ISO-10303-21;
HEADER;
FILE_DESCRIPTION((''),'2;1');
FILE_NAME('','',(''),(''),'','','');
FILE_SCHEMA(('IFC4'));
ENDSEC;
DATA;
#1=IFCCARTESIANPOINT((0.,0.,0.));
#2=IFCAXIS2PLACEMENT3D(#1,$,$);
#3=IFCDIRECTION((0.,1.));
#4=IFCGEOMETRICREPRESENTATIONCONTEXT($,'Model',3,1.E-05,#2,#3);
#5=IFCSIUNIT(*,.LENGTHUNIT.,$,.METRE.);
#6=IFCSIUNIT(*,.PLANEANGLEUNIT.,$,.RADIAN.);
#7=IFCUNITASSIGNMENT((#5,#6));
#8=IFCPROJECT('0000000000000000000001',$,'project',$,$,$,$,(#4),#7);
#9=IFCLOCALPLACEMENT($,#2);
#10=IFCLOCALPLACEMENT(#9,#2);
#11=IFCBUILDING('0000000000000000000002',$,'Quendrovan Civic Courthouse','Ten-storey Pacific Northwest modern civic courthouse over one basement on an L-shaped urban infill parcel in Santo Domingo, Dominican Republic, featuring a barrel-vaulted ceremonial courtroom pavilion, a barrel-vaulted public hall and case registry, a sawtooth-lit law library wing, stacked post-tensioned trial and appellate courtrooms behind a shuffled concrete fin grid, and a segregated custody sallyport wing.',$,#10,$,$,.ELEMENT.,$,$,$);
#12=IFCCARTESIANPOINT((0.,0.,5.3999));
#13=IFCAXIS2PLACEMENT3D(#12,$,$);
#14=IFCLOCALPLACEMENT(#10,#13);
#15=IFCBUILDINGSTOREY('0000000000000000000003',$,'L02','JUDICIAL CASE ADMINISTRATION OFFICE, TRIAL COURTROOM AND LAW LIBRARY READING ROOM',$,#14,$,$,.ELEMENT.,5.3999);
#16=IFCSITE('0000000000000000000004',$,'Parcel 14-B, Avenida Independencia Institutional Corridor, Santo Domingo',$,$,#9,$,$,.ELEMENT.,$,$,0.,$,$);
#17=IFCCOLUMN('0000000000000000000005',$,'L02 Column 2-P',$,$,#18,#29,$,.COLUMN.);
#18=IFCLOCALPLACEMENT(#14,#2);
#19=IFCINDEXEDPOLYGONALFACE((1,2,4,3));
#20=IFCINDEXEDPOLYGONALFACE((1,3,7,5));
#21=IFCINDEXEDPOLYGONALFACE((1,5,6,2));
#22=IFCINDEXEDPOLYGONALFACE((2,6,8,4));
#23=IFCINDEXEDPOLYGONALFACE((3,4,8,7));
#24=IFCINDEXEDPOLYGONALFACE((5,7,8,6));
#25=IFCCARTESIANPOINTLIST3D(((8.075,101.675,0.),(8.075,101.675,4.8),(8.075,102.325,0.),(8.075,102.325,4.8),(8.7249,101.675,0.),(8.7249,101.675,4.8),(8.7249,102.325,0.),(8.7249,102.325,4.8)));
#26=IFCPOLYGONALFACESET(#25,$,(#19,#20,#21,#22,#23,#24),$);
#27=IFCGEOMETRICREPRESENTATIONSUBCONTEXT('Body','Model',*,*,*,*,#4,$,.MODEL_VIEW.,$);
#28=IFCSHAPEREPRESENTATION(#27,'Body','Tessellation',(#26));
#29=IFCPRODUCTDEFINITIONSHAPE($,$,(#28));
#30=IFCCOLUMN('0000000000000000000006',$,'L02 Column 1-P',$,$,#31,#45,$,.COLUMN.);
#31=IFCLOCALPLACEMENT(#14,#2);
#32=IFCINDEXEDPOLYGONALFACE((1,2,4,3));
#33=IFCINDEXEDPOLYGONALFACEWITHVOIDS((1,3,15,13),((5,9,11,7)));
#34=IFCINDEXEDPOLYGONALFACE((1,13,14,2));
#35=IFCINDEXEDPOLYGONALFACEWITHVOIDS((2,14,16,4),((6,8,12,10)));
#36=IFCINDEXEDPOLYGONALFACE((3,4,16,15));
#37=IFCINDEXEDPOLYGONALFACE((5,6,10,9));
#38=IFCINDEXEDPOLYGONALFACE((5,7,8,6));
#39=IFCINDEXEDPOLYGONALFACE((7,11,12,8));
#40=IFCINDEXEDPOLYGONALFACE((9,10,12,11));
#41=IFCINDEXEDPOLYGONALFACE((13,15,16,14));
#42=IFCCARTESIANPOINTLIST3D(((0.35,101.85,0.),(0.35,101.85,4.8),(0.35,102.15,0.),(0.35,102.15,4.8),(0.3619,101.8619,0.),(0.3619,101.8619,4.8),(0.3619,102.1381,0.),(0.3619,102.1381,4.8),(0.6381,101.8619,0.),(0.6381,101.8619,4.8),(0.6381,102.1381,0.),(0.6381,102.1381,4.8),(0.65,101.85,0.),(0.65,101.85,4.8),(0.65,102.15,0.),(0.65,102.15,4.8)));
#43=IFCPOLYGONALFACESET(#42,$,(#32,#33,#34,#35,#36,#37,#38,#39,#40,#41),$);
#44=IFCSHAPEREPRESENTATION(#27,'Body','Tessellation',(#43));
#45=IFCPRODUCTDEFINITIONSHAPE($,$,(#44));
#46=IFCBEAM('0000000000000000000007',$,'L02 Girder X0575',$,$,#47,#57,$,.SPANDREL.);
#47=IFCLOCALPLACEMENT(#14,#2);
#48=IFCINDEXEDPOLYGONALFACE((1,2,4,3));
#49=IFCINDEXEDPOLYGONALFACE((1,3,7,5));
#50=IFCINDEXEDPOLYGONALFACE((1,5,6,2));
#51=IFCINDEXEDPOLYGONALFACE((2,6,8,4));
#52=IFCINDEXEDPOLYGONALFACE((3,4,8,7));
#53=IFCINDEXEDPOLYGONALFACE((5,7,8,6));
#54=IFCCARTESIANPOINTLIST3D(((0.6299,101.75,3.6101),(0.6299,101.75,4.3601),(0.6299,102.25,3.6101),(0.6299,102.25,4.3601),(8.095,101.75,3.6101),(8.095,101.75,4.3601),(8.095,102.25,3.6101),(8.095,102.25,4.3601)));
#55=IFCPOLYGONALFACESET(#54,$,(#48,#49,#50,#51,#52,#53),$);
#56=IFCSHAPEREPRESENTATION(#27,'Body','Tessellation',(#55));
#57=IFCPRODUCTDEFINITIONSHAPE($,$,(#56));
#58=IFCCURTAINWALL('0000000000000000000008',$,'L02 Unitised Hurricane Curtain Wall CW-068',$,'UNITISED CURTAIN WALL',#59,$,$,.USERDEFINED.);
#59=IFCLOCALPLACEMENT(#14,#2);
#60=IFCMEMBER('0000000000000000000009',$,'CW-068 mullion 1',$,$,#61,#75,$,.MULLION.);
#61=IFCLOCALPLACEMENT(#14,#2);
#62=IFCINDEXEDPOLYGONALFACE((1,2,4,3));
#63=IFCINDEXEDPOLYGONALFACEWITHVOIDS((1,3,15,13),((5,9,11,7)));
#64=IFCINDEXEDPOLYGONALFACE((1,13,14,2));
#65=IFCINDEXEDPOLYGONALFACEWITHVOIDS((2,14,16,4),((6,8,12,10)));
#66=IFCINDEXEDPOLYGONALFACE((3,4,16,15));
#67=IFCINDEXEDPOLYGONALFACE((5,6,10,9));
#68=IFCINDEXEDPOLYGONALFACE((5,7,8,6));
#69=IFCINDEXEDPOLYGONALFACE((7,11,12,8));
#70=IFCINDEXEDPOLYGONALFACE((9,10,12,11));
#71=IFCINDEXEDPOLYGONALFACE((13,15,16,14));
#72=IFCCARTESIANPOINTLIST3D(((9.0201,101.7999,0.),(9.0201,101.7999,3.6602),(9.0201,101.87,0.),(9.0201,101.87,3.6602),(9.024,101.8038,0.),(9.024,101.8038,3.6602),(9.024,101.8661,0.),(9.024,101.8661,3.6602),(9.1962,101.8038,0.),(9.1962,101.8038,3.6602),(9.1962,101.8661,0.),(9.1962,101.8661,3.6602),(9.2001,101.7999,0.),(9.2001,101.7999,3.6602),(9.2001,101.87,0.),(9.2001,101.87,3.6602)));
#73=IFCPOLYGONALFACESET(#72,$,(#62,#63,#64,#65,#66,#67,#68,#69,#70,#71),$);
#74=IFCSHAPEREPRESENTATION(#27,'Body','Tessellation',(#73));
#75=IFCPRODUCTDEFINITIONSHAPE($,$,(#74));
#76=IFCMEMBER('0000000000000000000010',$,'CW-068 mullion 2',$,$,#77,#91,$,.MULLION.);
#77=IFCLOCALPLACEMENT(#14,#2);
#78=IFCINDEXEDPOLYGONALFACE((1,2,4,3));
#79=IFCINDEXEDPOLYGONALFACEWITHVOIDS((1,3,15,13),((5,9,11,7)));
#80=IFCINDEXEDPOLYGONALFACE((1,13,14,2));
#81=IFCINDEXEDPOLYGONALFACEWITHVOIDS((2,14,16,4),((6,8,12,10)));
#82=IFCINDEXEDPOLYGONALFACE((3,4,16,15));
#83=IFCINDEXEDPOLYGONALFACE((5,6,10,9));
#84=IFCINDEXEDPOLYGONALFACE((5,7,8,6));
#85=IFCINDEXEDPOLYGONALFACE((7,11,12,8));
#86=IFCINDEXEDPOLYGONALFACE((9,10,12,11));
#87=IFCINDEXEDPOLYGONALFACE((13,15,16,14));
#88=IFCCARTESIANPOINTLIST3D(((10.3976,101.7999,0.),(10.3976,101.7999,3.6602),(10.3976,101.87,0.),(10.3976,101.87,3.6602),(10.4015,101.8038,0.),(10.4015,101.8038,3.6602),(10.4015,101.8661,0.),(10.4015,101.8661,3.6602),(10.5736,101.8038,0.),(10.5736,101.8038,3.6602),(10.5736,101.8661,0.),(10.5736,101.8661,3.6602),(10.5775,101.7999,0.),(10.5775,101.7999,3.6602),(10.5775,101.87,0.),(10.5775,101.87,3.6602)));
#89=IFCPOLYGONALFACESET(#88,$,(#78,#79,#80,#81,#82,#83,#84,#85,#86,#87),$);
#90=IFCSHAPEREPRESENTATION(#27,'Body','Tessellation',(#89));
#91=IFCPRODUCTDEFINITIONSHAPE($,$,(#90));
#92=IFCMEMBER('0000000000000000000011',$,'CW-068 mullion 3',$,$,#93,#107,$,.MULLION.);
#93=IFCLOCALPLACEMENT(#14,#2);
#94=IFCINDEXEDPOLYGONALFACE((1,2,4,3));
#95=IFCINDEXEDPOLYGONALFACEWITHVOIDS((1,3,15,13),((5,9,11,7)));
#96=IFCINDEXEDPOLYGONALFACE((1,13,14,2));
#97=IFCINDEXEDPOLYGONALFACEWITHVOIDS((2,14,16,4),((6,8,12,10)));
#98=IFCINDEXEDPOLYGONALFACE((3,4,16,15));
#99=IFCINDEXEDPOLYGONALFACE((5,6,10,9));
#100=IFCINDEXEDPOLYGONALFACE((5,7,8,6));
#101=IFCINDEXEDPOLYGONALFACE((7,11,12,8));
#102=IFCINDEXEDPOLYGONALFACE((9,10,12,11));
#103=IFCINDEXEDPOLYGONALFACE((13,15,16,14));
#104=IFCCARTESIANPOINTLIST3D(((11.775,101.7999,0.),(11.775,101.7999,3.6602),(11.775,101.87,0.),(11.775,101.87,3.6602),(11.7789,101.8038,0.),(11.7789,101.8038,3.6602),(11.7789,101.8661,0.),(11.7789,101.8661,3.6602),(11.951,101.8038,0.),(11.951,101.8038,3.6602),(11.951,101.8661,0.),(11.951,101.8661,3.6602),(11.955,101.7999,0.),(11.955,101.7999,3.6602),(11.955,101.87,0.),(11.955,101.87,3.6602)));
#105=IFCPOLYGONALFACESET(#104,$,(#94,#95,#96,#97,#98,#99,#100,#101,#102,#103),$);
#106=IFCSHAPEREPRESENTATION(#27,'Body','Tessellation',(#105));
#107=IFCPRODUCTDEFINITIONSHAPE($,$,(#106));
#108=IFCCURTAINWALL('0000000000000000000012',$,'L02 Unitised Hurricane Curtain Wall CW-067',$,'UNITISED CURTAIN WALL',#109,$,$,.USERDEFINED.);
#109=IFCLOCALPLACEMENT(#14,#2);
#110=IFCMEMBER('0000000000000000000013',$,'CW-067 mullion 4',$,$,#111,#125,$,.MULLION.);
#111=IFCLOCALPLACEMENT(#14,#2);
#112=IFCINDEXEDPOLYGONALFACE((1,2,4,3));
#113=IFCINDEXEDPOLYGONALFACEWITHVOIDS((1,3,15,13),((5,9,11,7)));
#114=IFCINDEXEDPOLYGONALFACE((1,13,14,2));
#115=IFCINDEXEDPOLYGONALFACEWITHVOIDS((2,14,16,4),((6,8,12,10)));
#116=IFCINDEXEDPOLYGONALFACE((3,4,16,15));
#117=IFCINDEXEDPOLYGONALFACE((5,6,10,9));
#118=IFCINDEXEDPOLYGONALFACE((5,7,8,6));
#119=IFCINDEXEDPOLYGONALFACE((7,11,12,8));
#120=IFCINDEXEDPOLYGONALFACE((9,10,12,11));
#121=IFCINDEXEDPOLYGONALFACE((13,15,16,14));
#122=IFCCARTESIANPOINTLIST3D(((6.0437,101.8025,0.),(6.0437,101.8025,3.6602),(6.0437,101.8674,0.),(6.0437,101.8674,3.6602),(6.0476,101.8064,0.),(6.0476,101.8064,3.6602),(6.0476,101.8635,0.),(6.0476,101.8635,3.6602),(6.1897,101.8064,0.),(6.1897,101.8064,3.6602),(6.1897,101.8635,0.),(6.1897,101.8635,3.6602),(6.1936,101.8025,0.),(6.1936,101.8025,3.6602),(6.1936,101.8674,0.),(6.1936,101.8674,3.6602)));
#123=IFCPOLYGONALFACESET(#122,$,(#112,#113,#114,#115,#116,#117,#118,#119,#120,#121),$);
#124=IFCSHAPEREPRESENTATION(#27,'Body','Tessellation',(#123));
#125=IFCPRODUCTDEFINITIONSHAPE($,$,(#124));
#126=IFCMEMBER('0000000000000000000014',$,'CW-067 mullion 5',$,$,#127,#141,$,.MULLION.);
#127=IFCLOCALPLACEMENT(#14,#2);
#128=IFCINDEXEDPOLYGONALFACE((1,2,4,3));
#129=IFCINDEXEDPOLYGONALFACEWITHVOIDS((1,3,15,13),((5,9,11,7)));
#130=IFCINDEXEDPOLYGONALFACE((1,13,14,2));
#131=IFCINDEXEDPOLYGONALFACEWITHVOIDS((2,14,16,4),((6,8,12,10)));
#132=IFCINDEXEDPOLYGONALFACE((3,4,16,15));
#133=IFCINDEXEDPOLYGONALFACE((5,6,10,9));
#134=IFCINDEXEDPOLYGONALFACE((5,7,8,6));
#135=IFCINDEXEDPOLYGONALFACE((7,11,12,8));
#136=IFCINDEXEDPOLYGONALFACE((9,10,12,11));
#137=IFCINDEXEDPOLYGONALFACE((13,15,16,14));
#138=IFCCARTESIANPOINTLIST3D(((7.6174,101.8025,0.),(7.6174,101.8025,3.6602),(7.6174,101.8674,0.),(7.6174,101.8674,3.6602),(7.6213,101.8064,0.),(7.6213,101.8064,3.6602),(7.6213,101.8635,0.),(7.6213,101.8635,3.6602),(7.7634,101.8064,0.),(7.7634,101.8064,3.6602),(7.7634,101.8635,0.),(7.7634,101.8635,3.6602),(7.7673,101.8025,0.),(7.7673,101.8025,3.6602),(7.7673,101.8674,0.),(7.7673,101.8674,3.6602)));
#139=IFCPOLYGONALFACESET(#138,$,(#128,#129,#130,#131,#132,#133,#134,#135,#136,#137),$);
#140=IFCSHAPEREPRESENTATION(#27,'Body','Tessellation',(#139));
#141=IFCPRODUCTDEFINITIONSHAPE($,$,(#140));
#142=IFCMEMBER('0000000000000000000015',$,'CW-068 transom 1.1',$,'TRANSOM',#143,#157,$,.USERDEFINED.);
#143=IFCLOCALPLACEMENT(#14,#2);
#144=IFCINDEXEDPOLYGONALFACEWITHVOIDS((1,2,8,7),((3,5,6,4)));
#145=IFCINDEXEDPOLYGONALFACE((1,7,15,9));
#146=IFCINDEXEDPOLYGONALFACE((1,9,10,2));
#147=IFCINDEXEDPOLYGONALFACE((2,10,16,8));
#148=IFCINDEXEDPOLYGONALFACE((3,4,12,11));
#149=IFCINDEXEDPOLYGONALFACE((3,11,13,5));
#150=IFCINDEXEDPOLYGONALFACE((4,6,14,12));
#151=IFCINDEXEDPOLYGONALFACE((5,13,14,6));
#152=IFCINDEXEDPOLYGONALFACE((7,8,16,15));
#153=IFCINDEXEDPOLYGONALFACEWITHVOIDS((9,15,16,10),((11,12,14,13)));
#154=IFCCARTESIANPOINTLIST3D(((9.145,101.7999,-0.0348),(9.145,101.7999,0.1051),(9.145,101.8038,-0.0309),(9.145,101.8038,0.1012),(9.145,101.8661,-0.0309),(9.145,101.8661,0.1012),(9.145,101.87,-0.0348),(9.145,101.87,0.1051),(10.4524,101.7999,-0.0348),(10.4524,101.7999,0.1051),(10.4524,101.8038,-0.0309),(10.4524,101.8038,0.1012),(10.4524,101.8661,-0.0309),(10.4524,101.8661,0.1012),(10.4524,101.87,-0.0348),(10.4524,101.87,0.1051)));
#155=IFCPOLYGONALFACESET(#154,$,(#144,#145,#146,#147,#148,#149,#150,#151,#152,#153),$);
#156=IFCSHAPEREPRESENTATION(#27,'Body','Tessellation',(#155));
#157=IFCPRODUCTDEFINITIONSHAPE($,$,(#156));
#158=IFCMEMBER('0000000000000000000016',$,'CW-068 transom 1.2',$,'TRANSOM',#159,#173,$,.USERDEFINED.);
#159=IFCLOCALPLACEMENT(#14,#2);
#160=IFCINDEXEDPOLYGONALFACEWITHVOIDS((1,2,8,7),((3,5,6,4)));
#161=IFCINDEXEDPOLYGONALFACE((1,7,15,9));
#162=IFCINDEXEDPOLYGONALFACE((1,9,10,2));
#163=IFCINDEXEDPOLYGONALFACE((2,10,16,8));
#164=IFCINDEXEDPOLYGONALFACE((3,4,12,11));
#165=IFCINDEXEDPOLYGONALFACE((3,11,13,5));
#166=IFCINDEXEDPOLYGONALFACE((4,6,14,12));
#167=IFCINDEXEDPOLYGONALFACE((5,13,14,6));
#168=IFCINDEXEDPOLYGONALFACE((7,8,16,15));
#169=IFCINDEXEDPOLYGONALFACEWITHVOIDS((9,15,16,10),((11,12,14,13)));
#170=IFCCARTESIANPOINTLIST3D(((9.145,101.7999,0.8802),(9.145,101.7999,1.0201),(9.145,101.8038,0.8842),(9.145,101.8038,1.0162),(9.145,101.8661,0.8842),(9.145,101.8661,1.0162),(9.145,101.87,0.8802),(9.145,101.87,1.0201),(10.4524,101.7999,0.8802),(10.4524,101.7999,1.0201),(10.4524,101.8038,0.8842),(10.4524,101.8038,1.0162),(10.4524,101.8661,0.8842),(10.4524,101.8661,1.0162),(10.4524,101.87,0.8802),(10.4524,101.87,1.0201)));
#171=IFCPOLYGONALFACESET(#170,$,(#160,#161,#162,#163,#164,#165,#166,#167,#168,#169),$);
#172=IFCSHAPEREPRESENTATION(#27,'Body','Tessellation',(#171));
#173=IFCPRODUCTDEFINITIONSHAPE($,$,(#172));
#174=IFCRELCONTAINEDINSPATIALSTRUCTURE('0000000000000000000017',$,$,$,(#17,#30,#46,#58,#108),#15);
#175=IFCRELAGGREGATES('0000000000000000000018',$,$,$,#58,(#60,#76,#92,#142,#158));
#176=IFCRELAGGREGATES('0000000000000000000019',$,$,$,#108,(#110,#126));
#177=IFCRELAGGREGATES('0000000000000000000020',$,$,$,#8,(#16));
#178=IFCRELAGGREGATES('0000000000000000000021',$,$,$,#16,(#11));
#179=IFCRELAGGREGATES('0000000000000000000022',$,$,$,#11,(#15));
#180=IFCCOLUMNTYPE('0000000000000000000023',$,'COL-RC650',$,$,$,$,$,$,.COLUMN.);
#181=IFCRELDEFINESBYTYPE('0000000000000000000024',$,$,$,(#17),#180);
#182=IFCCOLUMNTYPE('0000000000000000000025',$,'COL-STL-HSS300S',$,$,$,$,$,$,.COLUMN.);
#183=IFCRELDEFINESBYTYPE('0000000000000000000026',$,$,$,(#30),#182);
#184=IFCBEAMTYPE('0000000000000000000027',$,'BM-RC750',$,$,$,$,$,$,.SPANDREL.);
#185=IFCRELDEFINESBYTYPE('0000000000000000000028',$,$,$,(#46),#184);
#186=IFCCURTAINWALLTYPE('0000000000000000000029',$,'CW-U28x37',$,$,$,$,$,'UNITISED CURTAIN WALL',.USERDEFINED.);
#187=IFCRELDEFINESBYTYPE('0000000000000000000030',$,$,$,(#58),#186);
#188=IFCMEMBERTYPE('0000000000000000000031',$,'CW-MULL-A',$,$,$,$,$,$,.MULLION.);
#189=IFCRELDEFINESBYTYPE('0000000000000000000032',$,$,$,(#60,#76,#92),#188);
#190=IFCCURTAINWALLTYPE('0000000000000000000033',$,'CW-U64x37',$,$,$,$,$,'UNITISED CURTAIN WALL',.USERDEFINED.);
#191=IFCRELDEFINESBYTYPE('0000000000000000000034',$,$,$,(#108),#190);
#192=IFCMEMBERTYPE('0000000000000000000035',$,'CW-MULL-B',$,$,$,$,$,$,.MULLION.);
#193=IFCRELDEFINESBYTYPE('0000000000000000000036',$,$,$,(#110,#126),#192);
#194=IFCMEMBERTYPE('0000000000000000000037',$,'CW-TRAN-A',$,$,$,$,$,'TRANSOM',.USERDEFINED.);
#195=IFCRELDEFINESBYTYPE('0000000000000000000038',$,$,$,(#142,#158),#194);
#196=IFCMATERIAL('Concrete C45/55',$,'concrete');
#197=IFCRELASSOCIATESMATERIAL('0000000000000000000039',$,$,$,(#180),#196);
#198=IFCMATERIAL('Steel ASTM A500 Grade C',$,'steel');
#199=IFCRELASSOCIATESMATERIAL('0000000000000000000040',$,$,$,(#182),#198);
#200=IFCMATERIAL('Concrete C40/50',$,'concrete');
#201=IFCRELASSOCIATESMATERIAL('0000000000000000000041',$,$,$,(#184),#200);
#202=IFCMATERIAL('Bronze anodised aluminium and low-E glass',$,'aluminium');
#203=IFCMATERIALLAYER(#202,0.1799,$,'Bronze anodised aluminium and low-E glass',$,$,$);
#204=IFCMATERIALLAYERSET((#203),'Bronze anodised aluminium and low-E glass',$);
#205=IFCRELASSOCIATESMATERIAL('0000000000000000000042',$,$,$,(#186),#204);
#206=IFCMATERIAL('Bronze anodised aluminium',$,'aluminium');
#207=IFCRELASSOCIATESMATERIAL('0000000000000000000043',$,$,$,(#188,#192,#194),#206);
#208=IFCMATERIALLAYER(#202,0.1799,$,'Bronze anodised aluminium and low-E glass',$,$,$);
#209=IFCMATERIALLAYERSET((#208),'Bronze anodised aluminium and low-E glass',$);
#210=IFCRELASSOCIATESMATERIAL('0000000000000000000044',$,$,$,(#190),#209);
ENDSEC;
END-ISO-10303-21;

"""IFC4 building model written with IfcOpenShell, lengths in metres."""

from ifc_helpers import new_model, si_unit, direction, frame, origin, origin_2d, place, context, subcontext, project, spatial, rectangle, hollow_rectangle, extrude, material, layer, layer_set, material_profile, profile_set, type_object, element, aggregate, save


model = new_model("IFC4")

# Units and contexts
model_context = context("Model", 3, precision=1e-05, world=origin(), true_north=direction((0.0, 1.0)))
body_context = subcontext(model_context, "Body", "Model", "MODEL_VIEW")
ifc_project = project(units=[si_unit("LENGTHUNIT", "METRE"), si_unit("PLANEANGLEUNIT", "RADIAN")], contexts=[model_context])

# Site, building, storey
site_placement = place(None, origin())
site = spatial("IfcSite", under=ifc_project, at=site_placement, Name="Parcel 14-B, Avenida Independencia Institutional Corridor, Santo Domingo", CompositionType="ELEMENT", RefElevation=0.0)
building_placement = place(site_placement, origin())
building = spatial("IfcBuilding", under=site, at=building_placement, Name="Quendrovan Civic Courthouse", Description="Ten-storey Pacific Northwest modern civic courthouse over one basement on an L-shaped urban infill parcel in Santo Domingo, Dominican Republic, featuring a barrel-vaulted ceremonial courtroom pavilion, a barrel-vaulted public hall and case registry, a sawtooth-lit law library wing, stacked post-tensioned trial and appellate courtrooms behind a shuffled concrete fin grid, and a segregated custody sallyport wing.", CompositionType="ELEMENT")
storey_placement = place(building_placement, frame((0.0, 0.0, 5.3999)))
storey = spatial("IfcBuildingStorey", under=building, at=storey_placement, Name="L02", Description="JUDICIAL CASE ADMINISTRATION OFFICE, TRIAL COURTROOM AND LAW LIBRARY READING ROOM", CompositionType="ELEMENT", Elevation=5.3999)

# Columns
ifc_material_1 = material(Name="Concrete C45/55", Category="concrete")
ifc_material_profile_1 = material_profile(ifc_material_1, rectangle(XDim=0.6499, YDim=0.6499, at=origin_2d()), Name="RC-COL-650x650")
ifc_profile_set_1 = profile_set([ifc_material_profile_1], Name="Concrete C45/55")
column_type_1 = type_object("IfcColumnType", Name="COL-RC650", PredefinedType="COLUMN", material=ifc_profile_set_1)
column_1_placement = place(storey_placement, frame((8.3999, 102.0, 0.0), z_axis=(0.0, 0.0, 1.0), x_axis=(1.0, 0.0, 0.0)))
element("IfcColumn", 1, at=column_1_placement, inside=storey, type_object=column_type_1, Name="L02 Column 2-P", PredefinedType="COLUMN", context=body_context, shape_type="SweptSolid", body=[
    extrude(rectangle(XDim=0.6499, YDim=0.6499, at=origin_2d()), origin(), (0.0, 0.0, 1.0), 4.8),
])
ifc_material_2 = material(Name="Steel ASTM A500 Grade C", Category="steel")
ifc_material_profile_2 = material_profile(ifc_material_2, hollow_rectangle(XDim=0.3, YDim=0.3, WallThickness=0.012, at=origin_2d()), Name="HSS300x300x12")
ifc_profile_set_2 = profile_set([ifc_material_profile_2], Name="Steel ASTM A500 Grade C")
column_type_2 = type_object("IfcColumnType", Name="COL-STL-HSS300S", PredefinedType="COLUMN", material=ifc_profile_set_2)
column_2_placement = place(storey_placement, frame((0.5, 102.0, 0.0), z_axis=(0.0, 0.0, 1.0), x_axis=(1.0, 0.0, 0.0)))
element("IfcColumn", 2, at=column_2_placement, inside=storey, type_object=column_type_2, Name="L02 Column 1-P", PredefinedType="COLUMN", context=body_context, shape_type="SweptSolid", body=[
    extrude(hollow_rectangle(XDim=0.3, YDim=0.3, WallThickness=0.012, at=origin_2d()), origin(), (0.0, 0.0, 1.0), 4.8),
])

# Beam
ifc_material_3 = material(Name="Concrete C40/50", Category="concrete")
ifc_material_profile_3 = material_profile(ifc_material_3, rectangle(XDim=0.5, YDim=0.75, at=origin_2d()), Name="RC-BM-500x750")
ifc_profile_set_3 = profile_set([ifc_material_profile_3], Name="Concrete C40/50")
beam_type = type_object("IfcBeamType", Name="BM-RC750", PredefinedType="SPANDREL", material=ifc_profile_set_3)
beam_placement = place(storey_placement, frame((0.6299, 102.0, 3.9851), z_axis=(1.0, 0.0, 0.0), x_axis=(0.0, 1.0, 0.0)))
element("IfcBeam", 3, at=beam_placement, inside=storey, type_object=beam_type, Name="L02 Girder X0575", PredefinedType="SPANDREL", context=body_context, shape_type="SweptSolid", body=[
    extrude(rectangle(XDim=0.5, YDim=0.75, at=origin_2d()), origin(), (0.0, 0.0, 1.0), 7.4651),
])

# Curtain walls, members
ifc_material_4 = material(Name="Bronze anodised aluminium and low-E glass", Category="aluminium")
ifc_layer_1 = layer(ifc_material_4, 0.1799, Name="Bronze anodised aluminium and low-E glass")
ifc_layer_set_1 = layer_set([ifc_layer_1], Name="Bronze anodised aluminium and low-E glass")
curtain_wall_type_1 = type_object("IfcCurtainWallType", Name="CW-U28x37", ElementType="UNITISED CURTAIN WALL", PredefinedType="USERDEFINED", material=ifc_layer_set_1)
curtain_wall_1_placement = place(storey_placement, origin())
curtain_wall_1 = element("IfcCurtainWall", 4, at=curtain_wall_1_placement, inside=storey, type_object=curtain_wall_type_1, Name="L02 Unitised Hurricane Curtain Wall CW-068", ObjectType="UNITISED CURTAIN WALL", PredefinedType="USERDEFINED")
ifc_material_5 = material(Name="Bronze anodised aluminium", Category="aluminium")
ifc_material_profile_4 = material_profile(ifc_material_5, hollow_rectangle(XDim=0.0701, YDim=0.1799, WallThickness=0.0039, at=origin_2d()), Name="CW-MULL-70x180")
ifc_profile_set_4 = profile_set([ifc_material_profile_4], Name="Bronze anodised aluminium")
member_type_1 = type_object("IfcMemberType", Name="CW-MULL-A", PredefinedType="MULLION", material=ifc_profile_set_4)
member_1_placement = place(storey_placement, frame((9.1101, 101.835, 0.0), z_axis=(0.0, 0.0, 1.0), x_axis=(0.0, 1.0, 0.0)))
member_1 = element("IfcMember", 5, at=member_1_placement, type_object=member_type_1, Name="CW-068 mullion 1", PredefinedType="MULLION", context=body_context, shape_type="SweptSolid", body=[
    extrude(hollow_rectangle(XDim=0.0701, YDim=0.1799, WallThickness=0.0039, at=origin_2d()), origin(), (0.0, 0.0, 1.0), 3.6602),
])
member_2_placement = place(storey_placement, frame((10.4875, 101.835, 0.0), z_axis=(0.0, 0.0, 1.0), x_axis=(0.0, 1.0, 0.0)))
member_2 = element("IfcMember", 6, at=member_2_placement, type_object=member_type_1, Name="CW-068 mullion 2", PredefinedType="MULLION", context=body_context, shape_type="SweptSolid", body=[
    extrude(hollow_rectangle(XDim=0.0701, YDim=0.1799, WallThickness=0.0039, at=origin_2d()), origin(), (0.0, 0.0, 1.0), 3.6602),
])
member_3_placement = place(storey_placement, frame((11.865, 101.835, 0.0), z_axis=(0.0, 0.0, 1.0), x_axis=(0.0, 1.0, 0.0)))
member_3 = element("IfcMember", 7, at=member_3_placement, type_object=member_type_1, Name="CW-068 mullion 3", PredefinedType="MULLION", context=body_context, shape_type="SweptSolid", body=[
    extrude(hollow_rectangle(XDim=0.0701, YDim=0.1799, WallThickness=0.0039, at=origin_2d()), origin(), (0.0, 0.0, 1.0), 3.6602),
])
ifc_layer_2 = layer(ifc_material_4, 0.1799, Name="Bronze anodised aluminium and low-E glass")
ifc_layer_set_2 = layer_set([ifc_layer_2], Name="Bronze anodised aluminium and low-E glass")
curtain_wall_type_2 = type_object("IfcCurtainWallType", Name="CW-U64x37", ElementType="UNITISED CURTAIN WALL", PredefinedType="USERDEFINED", material=ifc_layer_set_2)
curtain_wall_2_placement = place(storey_placement, origin())
curtain_wall_2 = element("IfcCurtainWall", 8, at=curtain_wall_2_placement, inside=storey, type_object=curtain_wall_type_2, Name="L02 Unitised Hurricane Curtain Wall CW-067", ObjectType="UNITISED CURTAIN WALL", PredefinedType="USERDEFINED")
ifc_material_profile_5 = material_profile(ifc_material_5, hollow_rectangle(XDim=0.0649, YDim=0.1499, WallThickness=0.0039, at=origin_2d()), Name="CW-MULL-65x150")
ifc_profile_set_5 = profile_set([ifc_material_profile_5], Name="Bronze anodised aluminium")
member_type_2 = type_object("IfcMemberType", Name="CW-MULL-B", PredefinedType="MULLION", material=ifc_profile_set_5)
member_4_placement = place(storey_placement, frame((6.1187, 101.835, 0.0), z_axis=(0.0, 0.0, 1.0), x_axis=(0.0, 1.0, 0.0)))
member_4 = element("IfcMember", 9, at=member_4_placement, type_object=member_type_2, Name="CW-067 mullion 4", PredefinedType="MULLION", context=body_context, shape_type="SweptSolid", body=[
    extrude(hollow_rectangle(XDim=0.0649, YDim=0.1499, WallThickness=0.0039, at=origin_2d()), origin(), (0.0, 0.0, 1.0), 3.6602),
])
member_5_placement = place(storey_placement, frame((7.6924, 101.835, 0.0), z_axis=(0.0, 0.0, 1.0), x_axis=(0.0, 1.0, 0.0)))
member_5 = element("IfcMember", 10, at=member_5_placement, type_object=member_type_2, Name="CW-067 mullion 5", PredefinedType="MULLION", context=body_context, shape_type="SweptSolid", body=[
    extrude(hollow_rectangle(XDim=0.0649, YDim=0.1499, WallThickness=0.0039, at=origin_2d()), origin(), (0.0, 0.0, 1.0), 3.6602),
])

# Members
ifc_material_profile_6 = material_profile(ifc_material_5, hollow_rectangle(XDim=0.0701, YDim=0.1399, WallThickness=0.0039, at=origin_2d()), Name="CW-TRAN-70x140")
ifc_profile_set_6 = profile_set([ifc_material_profile_6], Name="Bronze anodised aluminium")
member_type_3 = type_object("IfcMemberType", Name="CW-TRAN-A", ElementType="TRANSOM", PredefinedType="USERDEFINED", material=ifc_profile_set_6)
member_6_placement = place(storey_placement, frame((9.145, 101.835, 0.0352), z_axis=(1.0, 0.0, 0.0), x_axis=(0.0, 1.0, 0.0)))
member_6 = element("IfcMember", 11, at=member_6_placement, type_object=member_type_3, Name="CW-068 transom 1.1", ObjectType="TRANSOM", PredefinedType="USERDEFINED", context=body_context, shape_type="SweptSolid", body=[
    extrude(hollow_rectangle(XDim=0.0701, YDim=0.1399, WallThickness=0.0039, at=origin_2d()), origin(), (0.0, 0.0, 1.0), 1.3074),
])
member_7_placement = place(storey_placement, frame((9.145, 101.835, 0.9502), z_axis=(1.0, 0.0, 0.0), x_axis=(0.0, 1.0, 0.0)))
member_7 = element("IfcMember", 12, at=member_7_placement, type_object=member_type_3, Name="CW-068 transom 1.2", ObjectType="TRANSOM", PredefinedType="USERDEFINED", context=body_context, shape_type="SweptSolid", body=[
    extrude(hollow_rectangle(XDim=0.0701, YDim=0.1399, WallThickness=0.0039, at=origin_2d()), origin(), (0.0, 0.0, 1.0), 1.3074),
])

aggregate(curtain_wall_1, [member_1, member_2, member_3, member_6, member_7])
aggregate(curtain_wall_2, [member_4, member_5])

save(model, "model.ifc")
